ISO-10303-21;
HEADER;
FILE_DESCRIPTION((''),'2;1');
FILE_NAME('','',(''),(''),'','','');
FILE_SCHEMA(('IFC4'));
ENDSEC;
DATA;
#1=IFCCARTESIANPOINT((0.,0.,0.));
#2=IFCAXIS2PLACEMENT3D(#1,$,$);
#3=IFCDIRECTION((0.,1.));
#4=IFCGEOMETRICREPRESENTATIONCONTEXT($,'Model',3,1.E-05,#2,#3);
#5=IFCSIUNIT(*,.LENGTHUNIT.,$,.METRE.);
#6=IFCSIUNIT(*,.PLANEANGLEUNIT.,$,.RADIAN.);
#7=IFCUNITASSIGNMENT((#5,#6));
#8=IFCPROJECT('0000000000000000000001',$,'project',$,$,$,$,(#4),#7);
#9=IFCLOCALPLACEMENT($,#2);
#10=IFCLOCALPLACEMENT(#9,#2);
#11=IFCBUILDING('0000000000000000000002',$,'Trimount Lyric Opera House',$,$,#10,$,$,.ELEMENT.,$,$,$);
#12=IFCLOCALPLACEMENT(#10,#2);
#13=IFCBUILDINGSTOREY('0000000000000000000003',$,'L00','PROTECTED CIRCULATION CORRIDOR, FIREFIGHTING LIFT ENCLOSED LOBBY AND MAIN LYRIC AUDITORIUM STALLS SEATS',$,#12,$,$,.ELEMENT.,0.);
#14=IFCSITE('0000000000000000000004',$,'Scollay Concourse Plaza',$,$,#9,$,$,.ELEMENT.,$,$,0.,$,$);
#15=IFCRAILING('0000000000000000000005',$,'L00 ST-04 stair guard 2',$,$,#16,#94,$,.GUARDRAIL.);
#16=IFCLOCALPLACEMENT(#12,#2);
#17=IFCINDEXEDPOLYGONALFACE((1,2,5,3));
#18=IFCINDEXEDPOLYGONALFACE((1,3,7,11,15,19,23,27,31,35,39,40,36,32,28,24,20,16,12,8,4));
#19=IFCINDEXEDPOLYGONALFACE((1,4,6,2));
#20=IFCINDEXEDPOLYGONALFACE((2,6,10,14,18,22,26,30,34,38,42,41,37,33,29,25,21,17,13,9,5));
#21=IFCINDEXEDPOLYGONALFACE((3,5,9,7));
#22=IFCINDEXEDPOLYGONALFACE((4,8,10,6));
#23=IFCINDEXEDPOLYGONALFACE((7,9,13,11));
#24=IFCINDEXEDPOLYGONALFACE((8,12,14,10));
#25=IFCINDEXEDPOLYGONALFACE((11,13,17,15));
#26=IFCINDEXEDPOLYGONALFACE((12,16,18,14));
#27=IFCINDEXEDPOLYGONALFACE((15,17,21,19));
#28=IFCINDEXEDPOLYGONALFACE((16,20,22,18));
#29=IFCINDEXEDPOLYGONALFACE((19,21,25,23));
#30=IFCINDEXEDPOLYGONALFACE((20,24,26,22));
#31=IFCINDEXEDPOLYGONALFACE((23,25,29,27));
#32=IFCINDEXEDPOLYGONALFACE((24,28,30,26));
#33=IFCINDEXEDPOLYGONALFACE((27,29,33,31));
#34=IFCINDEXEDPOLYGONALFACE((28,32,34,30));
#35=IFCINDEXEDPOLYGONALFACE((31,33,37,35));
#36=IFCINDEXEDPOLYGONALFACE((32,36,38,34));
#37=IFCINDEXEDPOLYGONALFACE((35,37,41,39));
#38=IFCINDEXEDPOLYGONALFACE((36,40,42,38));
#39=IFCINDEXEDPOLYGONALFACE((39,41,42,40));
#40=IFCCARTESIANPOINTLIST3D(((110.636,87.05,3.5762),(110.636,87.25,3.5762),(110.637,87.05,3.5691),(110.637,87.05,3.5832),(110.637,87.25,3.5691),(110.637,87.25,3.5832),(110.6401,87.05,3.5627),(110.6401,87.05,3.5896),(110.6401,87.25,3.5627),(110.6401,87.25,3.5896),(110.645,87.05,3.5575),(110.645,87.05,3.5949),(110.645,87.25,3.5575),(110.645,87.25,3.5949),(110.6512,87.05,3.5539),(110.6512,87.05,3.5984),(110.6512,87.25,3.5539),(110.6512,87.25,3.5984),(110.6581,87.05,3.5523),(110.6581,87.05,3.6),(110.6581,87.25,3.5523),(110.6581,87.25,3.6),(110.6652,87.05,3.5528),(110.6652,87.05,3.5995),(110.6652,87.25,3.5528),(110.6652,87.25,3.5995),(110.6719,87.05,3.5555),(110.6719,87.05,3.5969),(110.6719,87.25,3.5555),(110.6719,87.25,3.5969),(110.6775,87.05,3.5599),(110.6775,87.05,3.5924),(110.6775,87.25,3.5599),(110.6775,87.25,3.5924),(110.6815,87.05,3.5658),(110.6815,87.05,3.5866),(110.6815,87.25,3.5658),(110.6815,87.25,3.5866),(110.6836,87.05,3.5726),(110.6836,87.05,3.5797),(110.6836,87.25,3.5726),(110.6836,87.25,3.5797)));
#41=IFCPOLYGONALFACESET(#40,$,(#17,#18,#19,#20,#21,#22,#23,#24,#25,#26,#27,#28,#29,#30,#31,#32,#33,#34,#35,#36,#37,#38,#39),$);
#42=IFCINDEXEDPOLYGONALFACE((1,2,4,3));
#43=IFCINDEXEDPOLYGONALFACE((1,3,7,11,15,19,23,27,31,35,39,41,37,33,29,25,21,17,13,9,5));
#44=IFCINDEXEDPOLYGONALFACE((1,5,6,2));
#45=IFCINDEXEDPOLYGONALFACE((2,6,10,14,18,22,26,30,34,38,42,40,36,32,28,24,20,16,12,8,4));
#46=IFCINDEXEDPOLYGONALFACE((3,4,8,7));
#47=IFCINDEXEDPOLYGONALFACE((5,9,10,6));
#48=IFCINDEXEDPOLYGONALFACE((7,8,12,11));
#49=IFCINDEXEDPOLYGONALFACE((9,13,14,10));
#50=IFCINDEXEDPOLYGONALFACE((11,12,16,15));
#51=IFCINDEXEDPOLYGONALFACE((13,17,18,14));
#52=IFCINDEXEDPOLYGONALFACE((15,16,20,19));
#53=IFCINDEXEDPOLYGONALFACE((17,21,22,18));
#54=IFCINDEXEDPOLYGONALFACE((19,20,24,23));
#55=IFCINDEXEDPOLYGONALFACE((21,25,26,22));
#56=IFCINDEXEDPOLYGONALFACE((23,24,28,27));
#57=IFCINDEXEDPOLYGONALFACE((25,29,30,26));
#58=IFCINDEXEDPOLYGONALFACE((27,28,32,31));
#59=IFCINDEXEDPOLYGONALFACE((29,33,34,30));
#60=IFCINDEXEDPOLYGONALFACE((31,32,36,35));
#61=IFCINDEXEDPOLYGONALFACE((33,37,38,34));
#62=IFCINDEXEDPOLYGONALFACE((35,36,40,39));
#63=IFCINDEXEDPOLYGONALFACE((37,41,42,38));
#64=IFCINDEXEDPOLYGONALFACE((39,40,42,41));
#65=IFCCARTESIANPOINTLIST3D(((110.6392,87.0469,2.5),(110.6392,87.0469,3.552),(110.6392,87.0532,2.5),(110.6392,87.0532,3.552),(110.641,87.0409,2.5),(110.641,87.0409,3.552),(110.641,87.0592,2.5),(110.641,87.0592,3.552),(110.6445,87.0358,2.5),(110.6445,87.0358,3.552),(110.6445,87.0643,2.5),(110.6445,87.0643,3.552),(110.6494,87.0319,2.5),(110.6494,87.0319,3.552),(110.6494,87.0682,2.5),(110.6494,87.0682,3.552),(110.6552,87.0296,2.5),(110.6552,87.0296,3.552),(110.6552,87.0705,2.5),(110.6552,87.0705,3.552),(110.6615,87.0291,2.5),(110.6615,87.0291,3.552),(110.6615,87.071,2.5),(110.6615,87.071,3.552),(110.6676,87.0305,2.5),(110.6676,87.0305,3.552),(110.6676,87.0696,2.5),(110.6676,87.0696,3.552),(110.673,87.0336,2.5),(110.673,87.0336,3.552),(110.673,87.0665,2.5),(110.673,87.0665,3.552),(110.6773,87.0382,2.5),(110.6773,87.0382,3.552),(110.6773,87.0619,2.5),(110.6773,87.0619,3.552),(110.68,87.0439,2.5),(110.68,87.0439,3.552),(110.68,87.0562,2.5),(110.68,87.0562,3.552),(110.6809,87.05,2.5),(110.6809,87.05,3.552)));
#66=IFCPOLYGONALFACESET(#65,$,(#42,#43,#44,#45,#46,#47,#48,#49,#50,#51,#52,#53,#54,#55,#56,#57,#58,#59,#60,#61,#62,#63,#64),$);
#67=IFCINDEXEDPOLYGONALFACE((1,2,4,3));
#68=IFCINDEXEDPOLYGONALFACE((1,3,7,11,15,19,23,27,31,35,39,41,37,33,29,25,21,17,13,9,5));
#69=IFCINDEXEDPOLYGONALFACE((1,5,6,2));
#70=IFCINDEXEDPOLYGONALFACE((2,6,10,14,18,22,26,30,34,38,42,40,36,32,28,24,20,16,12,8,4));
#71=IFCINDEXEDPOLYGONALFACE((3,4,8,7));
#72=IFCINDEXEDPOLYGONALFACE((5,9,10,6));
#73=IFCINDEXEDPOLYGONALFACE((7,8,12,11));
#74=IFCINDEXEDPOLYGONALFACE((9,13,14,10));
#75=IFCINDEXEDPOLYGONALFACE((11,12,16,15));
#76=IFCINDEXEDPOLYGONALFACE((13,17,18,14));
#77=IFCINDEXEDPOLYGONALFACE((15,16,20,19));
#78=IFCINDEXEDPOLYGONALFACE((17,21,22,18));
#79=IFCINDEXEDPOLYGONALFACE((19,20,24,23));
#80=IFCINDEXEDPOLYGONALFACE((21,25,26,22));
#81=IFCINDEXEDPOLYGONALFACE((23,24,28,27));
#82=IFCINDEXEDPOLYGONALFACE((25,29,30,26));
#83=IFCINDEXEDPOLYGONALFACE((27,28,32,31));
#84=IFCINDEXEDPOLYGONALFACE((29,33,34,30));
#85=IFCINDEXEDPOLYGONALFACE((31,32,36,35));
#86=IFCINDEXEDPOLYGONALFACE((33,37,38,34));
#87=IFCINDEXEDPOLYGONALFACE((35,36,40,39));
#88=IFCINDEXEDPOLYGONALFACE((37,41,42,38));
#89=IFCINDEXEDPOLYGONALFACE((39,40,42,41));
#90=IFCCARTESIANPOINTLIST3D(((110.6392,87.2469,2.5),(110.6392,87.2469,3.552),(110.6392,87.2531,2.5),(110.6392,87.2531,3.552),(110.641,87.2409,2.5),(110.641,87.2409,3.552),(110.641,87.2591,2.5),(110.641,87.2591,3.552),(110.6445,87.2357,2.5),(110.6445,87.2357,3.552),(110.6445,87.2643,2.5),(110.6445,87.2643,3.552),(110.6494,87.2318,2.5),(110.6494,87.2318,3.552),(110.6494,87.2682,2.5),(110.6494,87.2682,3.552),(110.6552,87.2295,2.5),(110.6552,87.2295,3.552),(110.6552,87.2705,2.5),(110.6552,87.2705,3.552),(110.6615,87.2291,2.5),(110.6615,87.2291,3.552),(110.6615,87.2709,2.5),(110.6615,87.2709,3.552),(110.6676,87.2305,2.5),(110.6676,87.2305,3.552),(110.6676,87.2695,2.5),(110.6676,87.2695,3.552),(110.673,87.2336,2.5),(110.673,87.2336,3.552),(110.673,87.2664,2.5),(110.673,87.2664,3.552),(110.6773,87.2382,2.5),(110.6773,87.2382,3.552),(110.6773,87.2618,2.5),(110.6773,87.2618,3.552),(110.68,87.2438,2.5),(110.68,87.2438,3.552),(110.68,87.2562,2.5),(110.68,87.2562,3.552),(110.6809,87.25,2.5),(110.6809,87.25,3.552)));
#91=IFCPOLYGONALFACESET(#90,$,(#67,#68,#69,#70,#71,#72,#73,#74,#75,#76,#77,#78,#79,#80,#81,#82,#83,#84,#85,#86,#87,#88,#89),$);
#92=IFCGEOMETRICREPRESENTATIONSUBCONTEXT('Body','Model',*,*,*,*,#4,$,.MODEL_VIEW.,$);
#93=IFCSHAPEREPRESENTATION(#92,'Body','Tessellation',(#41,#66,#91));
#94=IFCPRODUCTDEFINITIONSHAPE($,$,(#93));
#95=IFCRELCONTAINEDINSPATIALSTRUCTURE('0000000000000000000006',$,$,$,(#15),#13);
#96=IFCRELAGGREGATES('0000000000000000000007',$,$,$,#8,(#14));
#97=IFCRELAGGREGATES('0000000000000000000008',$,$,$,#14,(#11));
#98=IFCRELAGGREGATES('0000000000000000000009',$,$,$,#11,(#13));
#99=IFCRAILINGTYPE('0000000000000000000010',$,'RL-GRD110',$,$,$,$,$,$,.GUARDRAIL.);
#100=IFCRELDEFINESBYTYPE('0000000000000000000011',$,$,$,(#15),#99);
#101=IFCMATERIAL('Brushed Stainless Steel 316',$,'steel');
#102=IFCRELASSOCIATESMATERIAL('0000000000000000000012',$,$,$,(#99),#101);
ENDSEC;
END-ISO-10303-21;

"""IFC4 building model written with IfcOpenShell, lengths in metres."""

from ifc_helpers import new_model, si_unit, direction, frame, origin, origin_2d, place, context, subcontext, project, spatial, circle, extrude, material, type_object, element, save


model = new_model("IFC4")

# Units and contexts
model_context = context("Model", 3, precision=1e-05, world=origin(), true_north=direction((0.0, 1.0)))
body_context = subcontext(model_context, "Body", "Model", "MODEL_VIEW")
ifc_project = project(units=[si_unit("LENGTHUNIT", "METRE"), si_unit("PLANEANGLEUNIT", "RADIAN")], contexts=[model_context])

# Site, building, storey
site_placement = place(None, origin())
site = spatial("IfcSite", under=ifc_project, at=site_placement, Name="Scollay Concourse Plaza", CompositionType="ELEMENT", RefElevation=0.0)
building_placement = place(site_placement, origin())
building = spatial("IfcBuilding", under=site, at=building_placement, Name="Trimount Lyric Opera House", CompositionType="ELEMENT")
storey_placement = place(building_placement, origin())
storey = spatial("IfcBuildingStorey", under=building, at=storey_placement, Name="L00", Description="PROTECTED CIRCULATION CORRIDOR, FIREFIGHTING LIFT ENCLOSED LOBBY AND MAIN LYRIC AUDITORIUM STALLS SEATS", CompositionType="ELEMENT", Elevation=0.0)

# Railing
ifc_material_1 = material(Name="Brushed Stainless Steel 316", Category="steel")
railing_type_1 = type_object("IfcRailingType", Name="RL-GRD110", PredefinedType="GUARDRAIL", material=ifc_material_1)
railing_1_placement = place(storey_placement, frame((110.6599, 87.05, 2.5)))
element("IfcRailing", 1, at=railing_1_placement, inside=storey, type_object=railing_type_1, Name="L00 ST-04 stair guard 2", PredefinedType="GUARDRAIL", context=body_context, shape_type="SweptSolid", body=[
    extrude(circle(Radius=0.0239, at=origin_2d()), frame((0.0, 0.0, 1.0762), z_axis=(0.0, 1.0, 0.0), x_axis=(-1.0, 0.0, 0.0)), (0.0, 0.0, 1.0), 0.2),
    extrude(circle(Radius=0.021, at=origin_2d()), origin(), (0.0, 0.0, 1.0), 1.052),
    extrude(circle(Radius=0.021, at=origin_2d()), frame((0.0, 0.2, 0.0)), (0.0, 0.0, 1.0), 1.052),
])

save(model, "model.ifc")
